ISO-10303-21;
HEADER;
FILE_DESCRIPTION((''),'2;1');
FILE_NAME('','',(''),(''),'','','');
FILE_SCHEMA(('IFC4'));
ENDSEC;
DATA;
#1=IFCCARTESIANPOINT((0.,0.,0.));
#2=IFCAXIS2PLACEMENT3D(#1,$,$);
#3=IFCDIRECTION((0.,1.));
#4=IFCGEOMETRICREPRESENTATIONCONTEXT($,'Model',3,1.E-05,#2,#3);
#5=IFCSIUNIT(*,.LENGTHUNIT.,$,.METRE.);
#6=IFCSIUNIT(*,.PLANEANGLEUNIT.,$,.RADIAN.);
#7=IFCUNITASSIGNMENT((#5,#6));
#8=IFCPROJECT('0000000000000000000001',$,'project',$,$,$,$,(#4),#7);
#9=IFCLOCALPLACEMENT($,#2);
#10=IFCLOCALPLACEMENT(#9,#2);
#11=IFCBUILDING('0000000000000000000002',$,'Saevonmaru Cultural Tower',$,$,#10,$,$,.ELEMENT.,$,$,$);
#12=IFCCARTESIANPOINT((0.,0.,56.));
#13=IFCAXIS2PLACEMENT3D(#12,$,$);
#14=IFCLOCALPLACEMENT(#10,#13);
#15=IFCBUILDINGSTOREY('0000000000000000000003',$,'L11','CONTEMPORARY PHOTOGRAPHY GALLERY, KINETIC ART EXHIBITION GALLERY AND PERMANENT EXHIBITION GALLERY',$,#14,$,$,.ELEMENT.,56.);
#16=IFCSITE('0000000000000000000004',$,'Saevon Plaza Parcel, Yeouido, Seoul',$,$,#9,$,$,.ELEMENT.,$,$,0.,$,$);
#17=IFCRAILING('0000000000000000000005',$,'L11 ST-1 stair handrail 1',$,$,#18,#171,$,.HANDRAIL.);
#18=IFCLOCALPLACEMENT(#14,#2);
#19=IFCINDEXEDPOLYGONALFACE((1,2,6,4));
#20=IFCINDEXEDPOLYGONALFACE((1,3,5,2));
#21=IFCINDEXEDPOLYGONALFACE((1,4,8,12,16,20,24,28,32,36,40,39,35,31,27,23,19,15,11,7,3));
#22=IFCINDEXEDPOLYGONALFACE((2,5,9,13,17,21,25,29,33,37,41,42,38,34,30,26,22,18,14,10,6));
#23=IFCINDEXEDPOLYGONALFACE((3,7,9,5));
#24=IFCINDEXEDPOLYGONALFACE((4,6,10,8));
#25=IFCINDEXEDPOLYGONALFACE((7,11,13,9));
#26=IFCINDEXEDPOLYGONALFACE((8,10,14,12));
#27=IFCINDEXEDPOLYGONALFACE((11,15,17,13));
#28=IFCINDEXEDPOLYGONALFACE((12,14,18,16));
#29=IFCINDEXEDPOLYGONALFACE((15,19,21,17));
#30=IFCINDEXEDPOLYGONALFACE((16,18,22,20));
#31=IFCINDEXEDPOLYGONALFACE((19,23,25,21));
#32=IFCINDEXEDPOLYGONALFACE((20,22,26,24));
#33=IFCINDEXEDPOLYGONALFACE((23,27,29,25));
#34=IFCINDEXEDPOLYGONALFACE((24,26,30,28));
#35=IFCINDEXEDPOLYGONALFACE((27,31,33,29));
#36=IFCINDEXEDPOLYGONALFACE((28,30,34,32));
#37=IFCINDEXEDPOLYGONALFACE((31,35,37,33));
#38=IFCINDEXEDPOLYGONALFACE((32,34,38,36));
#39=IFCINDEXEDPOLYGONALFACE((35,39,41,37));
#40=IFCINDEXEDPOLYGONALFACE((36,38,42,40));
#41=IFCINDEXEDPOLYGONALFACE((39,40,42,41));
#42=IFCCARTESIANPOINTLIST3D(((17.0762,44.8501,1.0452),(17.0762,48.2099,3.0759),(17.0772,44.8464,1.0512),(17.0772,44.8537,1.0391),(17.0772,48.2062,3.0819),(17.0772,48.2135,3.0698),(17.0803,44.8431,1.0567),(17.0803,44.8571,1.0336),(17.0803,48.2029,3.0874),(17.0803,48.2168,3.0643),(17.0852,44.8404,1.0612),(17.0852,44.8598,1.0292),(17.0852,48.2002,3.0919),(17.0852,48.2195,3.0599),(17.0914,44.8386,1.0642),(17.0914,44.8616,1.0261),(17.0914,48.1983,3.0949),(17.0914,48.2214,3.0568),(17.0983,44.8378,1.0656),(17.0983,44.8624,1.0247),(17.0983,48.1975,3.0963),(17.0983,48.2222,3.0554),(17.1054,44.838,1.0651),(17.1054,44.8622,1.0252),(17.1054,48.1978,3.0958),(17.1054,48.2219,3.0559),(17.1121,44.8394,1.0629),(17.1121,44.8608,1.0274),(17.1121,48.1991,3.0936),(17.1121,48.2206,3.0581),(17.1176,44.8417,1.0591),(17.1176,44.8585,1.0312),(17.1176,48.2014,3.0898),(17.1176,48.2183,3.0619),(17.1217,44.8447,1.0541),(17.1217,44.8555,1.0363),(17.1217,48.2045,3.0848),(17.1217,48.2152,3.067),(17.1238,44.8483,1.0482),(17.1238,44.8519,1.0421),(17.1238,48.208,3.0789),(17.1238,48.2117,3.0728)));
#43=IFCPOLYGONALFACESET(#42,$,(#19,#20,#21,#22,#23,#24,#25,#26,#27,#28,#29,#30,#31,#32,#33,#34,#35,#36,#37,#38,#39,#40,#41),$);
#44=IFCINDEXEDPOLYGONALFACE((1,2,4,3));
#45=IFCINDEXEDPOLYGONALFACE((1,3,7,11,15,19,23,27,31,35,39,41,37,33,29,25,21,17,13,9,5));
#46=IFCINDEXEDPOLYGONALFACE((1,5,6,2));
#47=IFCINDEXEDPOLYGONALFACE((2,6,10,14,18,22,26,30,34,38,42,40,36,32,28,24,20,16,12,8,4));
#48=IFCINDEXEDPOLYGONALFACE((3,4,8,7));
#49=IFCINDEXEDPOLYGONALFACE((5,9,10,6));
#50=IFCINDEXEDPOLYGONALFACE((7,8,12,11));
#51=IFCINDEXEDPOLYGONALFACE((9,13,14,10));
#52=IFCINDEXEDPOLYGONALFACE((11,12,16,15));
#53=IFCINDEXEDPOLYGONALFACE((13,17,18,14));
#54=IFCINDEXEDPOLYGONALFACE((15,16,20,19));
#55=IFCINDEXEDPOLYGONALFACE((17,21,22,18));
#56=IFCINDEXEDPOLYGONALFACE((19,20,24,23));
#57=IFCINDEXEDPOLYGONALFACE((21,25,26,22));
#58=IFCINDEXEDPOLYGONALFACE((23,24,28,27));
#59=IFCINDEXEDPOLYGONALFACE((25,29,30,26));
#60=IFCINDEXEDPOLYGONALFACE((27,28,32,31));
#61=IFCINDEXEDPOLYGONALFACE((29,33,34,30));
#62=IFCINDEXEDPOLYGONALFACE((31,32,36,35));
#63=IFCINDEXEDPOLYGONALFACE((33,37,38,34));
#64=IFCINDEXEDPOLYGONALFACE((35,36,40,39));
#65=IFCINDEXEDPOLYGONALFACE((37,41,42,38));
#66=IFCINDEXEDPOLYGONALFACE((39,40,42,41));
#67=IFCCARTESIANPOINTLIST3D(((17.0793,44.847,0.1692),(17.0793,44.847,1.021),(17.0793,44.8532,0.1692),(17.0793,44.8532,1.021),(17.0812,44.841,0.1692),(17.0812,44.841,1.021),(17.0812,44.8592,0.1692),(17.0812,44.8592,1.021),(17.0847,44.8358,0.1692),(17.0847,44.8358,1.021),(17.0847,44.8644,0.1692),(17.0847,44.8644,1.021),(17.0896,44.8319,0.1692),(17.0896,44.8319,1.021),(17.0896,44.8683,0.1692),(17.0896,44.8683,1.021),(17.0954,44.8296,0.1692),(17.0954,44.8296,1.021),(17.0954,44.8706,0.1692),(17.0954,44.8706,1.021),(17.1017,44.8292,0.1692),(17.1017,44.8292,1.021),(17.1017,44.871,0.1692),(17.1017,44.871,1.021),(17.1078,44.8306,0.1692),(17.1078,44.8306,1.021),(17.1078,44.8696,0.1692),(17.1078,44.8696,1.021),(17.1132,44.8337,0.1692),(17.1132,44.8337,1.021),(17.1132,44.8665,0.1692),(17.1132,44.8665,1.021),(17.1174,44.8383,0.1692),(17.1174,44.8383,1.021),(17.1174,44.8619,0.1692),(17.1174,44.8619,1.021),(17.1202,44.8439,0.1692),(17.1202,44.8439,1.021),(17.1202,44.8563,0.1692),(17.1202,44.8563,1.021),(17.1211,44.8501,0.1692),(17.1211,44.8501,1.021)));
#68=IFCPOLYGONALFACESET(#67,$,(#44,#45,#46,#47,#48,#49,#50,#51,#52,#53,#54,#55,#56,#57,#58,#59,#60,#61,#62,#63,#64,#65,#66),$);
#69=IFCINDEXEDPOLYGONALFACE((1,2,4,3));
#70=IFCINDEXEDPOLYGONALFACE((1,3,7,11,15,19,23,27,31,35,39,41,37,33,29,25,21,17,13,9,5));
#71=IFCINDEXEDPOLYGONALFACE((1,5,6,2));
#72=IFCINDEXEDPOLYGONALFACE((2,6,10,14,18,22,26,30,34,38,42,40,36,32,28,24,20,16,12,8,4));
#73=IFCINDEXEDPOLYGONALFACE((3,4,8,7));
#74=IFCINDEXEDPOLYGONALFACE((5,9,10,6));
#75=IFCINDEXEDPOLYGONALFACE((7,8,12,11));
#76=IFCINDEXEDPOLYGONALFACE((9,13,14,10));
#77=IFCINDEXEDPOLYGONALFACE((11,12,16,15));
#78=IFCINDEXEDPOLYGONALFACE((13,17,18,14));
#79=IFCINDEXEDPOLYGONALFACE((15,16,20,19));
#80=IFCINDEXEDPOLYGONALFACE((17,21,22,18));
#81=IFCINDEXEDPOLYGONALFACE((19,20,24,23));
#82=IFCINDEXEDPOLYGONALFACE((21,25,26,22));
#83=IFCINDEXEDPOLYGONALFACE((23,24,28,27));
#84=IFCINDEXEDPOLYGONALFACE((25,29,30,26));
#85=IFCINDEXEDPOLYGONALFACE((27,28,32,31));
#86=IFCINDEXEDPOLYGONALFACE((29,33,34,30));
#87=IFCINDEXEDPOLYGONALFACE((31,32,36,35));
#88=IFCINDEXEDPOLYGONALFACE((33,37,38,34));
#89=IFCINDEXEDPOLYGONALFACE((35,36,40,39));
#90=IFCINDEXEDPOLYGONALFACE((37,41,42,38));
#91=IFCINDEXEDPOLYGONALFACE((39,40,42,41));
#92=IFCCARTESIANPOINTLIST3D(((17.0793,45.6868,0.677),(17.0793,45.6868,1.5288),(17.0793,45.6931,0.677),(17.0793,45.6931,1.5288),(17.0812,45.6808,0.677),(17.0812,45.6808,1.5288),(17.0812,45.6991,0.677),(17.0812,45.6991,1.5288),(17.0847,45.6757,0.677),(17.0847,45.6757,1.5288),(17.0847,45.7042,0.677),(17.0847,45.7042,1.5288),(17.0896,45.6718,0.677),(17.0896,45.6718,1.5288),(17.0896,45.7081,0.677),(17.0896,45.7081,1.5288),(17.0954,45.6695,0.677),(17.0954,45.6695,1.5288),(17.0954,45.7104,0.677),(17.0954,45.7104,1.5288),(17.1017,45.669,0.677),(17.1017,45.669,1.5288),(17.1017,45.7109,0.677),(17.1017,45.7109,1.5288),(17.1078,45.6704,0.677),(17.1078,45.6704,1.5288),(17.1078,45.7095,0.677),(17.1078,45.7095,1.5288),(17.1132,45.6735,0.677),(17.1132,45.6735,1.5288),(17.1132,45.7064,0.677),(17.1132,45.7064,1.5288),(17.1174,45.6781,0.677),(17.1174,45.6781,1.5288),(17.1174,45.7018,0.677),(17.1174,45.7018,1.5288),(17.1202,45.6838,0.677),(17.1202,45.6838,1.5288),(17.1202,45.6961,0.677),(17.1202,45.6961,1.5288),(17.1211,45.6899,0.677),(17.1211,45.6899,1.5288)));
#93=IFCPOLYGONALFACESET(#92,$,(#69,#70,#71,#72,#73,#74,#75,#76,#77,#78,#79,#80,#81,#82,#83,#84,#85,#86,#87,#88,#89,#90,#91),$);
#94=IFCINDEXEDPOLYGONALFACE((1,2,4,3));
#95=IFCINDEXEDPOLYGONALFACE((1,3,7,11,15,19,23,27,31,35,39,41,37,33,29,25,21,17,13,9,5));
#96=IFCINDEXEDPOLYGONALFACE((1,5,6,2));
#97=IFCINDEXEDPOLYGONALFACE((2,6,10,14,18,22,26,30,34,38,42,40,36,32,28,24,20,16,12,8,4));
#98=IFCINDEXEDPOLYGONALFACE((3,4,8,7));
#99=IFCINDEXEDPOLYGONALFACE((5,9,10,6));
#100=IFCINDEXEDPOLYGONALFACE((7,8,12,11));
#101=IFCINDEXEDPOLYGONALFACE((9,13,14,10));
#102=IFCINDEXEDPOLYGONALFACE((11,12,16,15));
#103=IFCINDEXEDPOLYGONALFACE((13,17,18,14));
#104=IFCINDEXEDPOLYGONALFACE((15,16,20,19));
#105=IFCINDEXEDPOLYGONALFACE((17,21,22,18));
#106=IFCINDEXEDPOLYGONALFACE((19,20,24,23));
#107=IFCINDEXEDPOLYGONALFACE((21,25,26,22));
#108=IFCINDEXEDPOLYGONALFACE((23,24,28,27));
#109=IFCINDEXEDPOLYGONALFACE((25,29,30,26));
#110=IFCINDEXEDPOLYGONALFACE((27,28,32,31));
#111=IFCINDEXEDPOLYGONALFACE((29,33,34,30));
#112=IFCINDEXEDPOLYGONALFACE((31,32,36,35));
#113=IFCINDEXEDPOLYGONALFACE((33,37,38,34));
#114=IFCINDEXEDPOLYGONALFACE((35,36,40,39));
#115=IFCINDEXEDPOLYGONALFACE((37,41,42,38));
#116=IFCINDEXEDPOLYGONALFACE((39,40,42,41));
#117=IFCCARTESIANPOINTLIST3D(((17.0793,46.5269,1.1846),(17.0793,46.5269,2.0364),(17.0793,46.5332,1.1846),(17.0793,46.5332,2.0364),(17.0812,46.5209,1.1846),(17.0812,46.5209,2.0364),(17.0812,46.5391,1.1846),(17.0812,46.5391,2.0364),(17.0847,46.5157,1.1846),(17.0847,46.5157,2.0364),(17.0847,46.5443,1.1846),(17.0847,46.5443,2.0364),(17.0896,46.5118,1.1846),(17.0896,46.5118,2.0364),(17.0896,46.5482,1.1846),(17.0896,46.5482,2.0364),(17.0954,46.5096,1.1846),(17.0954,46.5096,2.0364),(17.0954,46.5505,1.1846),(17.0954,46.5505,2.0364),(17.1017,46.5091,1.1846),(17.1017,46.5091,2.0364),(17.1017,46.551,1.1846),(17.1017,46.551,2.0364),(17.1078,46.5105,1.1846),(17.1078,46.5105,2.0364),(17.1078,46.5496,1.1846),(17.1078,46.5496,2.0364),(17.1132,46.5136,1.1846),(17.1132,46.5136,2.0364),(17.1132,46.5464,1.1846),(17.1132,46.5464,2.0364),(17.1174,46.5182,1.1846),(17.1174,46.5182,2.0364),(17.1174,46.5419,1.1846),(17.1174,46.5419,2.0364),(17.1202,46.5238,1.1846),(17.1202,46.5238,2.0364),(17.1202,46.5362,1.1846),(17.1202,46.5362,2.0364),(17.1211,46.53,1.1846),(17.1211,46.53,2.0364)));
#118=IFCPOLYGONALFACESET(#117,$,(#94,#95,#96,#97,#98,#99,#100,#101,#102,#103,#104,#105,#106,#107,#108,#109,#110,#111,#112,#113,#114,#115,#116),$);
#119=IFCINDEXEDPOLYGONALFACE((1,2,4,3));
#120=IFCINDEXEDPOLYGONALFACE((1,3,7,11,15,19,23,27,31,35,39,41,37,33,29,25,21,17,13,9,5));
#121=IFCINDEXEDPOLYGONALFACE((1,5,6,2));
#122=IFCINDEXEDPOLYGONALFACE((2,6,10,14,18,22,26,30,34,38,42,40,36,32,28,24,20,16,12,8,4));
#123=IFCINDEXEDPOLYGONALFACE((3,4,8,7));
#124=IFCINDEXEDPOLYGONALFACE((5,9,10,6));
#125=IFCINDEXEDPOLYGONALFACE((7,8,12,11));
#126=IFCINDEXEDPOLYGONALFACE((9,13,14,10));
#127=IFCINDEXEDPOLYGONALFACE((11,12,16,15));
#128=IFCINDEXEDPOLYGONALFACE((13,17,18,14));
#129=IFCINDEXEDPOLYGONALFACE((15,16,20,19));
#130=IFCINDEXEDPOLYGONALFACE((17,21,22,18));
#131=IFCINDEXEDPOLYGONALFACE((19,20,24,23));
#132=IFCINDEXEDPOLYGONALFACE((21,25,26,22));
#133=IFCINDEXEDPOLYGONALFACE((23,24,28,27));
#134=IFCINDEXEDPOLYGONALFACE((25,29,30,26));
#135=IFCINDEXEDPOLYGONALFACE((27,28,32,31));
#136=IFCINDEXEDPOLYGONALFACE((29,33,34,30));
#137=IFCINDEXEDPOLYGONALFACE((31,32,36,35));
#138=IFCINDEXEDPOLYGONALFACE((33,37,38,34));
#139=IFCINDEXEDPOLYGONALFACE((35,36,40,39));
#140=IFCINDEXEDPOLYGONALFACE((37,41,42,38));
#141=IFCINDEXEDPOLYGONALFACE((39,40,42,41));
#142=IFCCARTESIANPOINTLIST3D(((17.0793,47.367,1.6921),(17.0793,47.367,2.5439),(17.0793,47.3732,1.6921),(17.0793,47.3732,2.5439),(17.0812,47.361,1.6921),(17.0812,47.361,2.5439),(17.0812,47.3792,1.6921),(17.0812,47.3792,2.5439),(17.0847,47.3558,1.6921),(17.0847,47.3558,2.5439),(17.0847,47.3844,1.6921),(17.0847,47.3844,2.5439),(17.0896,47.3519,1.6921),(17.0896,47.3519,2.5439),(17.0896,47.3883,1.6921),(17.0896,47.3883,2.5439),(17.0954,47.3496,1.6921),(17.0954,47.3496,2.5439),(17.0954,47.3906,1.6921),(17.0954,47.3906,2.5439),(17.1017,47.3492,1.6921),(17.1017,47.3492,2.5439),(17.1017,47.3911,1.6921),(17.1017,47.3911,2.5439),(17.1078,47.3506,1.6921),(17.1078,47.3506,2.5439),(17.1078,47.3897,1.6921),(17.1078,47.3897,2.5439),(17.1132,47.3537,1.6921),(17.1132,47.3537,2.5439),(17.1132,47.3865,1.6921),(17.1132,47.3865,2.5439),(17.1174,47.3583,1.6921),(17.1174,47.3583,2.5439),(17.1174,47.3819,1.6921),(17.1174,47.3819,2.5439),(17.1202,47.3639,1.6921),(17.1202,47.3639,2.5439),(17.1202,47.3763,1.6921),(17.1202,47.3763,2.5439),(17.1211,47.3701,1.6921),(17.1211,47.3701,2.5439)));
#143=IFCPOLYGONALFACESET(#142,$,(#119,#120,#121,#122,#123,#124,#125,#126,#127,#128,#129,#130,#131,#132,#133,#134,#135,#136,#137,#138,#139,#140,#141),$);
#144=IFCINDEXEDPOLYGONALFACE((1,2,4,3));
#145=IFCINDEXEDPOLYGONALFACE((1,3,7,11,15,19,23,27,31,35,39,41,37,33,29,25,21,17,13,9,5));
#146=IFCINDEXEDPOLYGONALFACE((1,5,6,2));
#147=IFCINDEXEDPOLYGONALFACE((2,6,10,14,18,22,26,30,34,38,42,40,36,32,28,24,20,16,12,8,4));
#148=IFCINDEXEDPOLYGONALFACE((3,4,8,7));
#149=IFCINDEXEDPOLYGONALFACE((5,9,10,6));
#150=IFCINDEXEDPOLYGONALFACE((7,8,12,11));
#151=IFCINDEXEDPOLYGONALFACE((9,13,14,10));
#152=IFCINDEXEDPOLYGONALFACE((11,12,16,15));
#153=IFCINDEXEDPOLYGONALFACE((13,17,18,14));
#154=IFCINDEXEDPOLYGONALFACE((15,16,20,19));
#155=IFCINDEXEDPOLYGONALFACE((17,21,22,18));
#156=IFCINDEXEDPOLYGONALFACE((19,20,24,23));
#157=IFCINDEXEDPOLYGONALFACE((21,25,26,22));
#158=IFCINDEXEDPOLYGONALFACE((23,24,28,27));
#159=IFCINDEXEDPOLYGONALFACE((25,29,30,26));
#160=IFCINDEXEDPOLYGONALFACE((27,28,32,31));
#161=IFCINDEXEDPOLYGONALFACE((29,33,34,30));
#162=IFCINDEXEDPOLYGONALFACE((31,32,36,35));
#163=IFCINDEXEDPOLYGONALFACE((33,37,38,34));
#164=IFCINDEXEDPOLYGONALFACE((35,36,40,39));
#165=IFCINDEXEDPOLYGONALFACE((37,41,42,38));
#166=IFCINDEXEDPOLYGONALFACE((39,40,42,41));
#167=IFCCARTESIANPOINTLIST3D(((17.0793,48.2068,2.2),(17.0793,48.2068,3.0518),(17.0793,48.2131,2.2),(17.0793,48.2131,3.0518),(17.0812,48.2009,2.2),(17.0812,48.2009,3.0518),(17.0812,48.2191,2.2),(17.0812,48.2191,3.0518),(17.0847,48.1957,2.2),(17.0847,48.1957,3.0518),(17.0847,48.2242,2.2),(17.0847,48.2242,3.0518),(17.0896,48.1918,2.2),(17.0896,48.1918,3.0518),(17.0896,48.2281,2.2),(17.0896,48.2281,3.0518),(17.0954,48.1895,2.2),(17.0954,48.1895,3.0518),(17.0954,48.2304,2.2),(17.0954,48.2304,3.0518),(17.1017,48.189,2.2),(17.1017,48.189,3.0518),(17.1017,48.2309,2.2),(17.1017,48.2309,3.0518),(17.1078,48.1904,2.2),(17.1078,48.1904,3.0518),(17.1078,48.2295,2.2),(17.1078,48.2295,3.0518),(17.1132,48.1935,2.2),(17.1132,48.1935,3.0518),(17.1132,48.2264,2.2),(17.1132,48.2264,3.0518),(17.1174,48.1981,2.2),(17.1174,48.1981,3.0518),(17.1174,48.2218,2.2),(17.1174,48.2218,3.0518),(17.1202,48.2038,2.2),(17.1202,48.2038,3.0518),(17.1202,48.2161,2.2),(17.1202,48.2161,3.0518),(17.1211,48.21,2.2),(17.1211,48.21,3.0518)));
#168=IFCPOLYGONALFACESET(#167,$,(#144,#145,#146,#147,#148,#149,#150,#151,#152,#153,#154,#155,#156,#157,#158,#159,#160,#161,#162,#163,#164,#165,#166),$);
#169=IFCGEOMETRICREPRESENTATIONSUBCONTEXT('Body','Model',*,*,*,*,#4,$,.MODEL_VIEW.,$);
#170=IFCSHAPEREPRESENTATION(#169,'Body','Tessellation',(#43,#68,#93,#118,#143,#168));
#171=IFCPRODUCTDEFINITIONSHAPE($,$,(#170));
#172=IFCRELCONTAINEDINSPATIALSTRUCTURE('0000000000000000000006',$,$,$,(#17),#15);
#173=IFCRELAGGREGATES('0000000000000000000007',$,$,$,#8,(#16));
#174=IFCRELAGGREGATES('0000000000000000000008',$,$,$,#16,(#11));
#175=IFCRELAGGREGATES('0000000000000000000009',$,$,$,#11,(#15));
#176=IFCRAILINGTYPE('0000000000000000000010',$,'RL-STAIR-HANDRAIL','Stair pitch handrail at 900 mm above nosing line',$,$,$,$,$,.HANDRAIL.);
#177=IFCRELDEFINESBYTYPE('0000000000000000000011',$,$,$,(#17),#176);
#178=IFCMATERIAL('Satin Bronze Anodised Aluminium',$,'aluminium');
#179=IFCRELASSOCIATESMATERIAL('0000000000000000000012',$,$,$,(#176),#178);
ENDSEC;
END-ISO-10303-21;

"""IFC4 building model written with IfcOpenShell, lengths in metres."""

from ifc_helpers import new_model, si_unit, direction, frame, origin, origin_2d, place, context, subcontext, project, spatial, circle, extrude, material, type_object, element, save


model = new_model("IFC4")

# Units and contexts
model_context = context("Model", 3, precision=1e-05, world=origin(), true_north=direction((0.0, 1.0)))
body_context = subcontext(model_context, "Body", "Model", "MODEL_VIEW")
ifc_project = project(units=[si_unit("LENGTHUNIT", "METRE"), si_unit("PLANEANGLEUNIT", "RADIAN")], contexts=[model_context])

# Site, building, storey
site_placement = place(None, origin())
site = spatial("IfcSite", under=ifc_project, at=site_placement, Name="Saevon Plaza Parcel, Yeouido, Seoul", CompositionType="ELEMENT", RefElevation=0.0)
building_placement = place(site_placement, origin())
building = spatial("IfcBuilding", under=site, at=building_placement, Name="Saevonmaru Cultural Tower", CompositionType="ELEMENT")
storey_placement = place(building_placement, frame((0.0, 0.0, 56.0)))
storey = spatial("IfcBuildingStorey", under=building, at=storey_placement, Name="L11", Description="CONTEMPORARY PHOTOGRAPHY GALLERY, KINETIC ART EXHIBITION GALLERY AND PERMANENT EXHIBITION GALLERY", CompositionType="ELEMENT", Elevation=56.0)

# Shared definitions
ifc_material_1 = material(Name="Satin Bronze Anodised Aluminium", Category="aluminium")

# Railing
railing_type_1 = type_object("IfcRailingType", Name="RL-STAIR-HANDRAIL", Description="Stair pitch handrail at 900 mm above nosing line", PredefinedType="HANDRAIL", material=ifc_material_1)
railing_1_placement = place(storey_placement, frame((17.1001, 44.8501, 0.1692)))
element("IfcRailing", 1, at=railing_1_placement, inside=storey, type_object=railing_type_1, Name="L11 ST-1 stair handrail 1", PredefinedType="HANDRAIL", context=body_context, shape_type="SweptSolid", body=[
    extrude(circle(Radius=0.0239, at=origin_2d()), frame((0.0, 0.0, 0.876), z_axis=(0.0, 0.85582, 0.517273), x_axis=(-1.0, 0.0, 0.0)), (0.0, 0.0, 1.0), 3.9258),
    extrude(circle(Radius=0.021, at=origin_2d()), origin(), (0.0, 0.0, 1.0), 0.8518),
    extrude(circle(Radius=0.021, at=origin_2d()), frame((0.0, 0.8398, 0.5078)), (0.0, 0.0, 1.0), 0.8518),
    extrude(circle(Radius=0.021, at=origin_2d()), frame((0.0, 1.6799, 1.0154)), (0.0, 0.0, 1.0), 0.8518),
    extrude(circle(Radius=0.021, at=origin_2d()), frame((0.0, 2.52, 1.5229)), (0.0, 0.0, 1.0), 0.8518),
    extrude(circle(Radius=0.021, at=origin_2d()), frame((0.0, 3.3599, 2.0308)), (0.0, 0.0, 1.0), 0.8518),
])

save(model, "model.ifc")
